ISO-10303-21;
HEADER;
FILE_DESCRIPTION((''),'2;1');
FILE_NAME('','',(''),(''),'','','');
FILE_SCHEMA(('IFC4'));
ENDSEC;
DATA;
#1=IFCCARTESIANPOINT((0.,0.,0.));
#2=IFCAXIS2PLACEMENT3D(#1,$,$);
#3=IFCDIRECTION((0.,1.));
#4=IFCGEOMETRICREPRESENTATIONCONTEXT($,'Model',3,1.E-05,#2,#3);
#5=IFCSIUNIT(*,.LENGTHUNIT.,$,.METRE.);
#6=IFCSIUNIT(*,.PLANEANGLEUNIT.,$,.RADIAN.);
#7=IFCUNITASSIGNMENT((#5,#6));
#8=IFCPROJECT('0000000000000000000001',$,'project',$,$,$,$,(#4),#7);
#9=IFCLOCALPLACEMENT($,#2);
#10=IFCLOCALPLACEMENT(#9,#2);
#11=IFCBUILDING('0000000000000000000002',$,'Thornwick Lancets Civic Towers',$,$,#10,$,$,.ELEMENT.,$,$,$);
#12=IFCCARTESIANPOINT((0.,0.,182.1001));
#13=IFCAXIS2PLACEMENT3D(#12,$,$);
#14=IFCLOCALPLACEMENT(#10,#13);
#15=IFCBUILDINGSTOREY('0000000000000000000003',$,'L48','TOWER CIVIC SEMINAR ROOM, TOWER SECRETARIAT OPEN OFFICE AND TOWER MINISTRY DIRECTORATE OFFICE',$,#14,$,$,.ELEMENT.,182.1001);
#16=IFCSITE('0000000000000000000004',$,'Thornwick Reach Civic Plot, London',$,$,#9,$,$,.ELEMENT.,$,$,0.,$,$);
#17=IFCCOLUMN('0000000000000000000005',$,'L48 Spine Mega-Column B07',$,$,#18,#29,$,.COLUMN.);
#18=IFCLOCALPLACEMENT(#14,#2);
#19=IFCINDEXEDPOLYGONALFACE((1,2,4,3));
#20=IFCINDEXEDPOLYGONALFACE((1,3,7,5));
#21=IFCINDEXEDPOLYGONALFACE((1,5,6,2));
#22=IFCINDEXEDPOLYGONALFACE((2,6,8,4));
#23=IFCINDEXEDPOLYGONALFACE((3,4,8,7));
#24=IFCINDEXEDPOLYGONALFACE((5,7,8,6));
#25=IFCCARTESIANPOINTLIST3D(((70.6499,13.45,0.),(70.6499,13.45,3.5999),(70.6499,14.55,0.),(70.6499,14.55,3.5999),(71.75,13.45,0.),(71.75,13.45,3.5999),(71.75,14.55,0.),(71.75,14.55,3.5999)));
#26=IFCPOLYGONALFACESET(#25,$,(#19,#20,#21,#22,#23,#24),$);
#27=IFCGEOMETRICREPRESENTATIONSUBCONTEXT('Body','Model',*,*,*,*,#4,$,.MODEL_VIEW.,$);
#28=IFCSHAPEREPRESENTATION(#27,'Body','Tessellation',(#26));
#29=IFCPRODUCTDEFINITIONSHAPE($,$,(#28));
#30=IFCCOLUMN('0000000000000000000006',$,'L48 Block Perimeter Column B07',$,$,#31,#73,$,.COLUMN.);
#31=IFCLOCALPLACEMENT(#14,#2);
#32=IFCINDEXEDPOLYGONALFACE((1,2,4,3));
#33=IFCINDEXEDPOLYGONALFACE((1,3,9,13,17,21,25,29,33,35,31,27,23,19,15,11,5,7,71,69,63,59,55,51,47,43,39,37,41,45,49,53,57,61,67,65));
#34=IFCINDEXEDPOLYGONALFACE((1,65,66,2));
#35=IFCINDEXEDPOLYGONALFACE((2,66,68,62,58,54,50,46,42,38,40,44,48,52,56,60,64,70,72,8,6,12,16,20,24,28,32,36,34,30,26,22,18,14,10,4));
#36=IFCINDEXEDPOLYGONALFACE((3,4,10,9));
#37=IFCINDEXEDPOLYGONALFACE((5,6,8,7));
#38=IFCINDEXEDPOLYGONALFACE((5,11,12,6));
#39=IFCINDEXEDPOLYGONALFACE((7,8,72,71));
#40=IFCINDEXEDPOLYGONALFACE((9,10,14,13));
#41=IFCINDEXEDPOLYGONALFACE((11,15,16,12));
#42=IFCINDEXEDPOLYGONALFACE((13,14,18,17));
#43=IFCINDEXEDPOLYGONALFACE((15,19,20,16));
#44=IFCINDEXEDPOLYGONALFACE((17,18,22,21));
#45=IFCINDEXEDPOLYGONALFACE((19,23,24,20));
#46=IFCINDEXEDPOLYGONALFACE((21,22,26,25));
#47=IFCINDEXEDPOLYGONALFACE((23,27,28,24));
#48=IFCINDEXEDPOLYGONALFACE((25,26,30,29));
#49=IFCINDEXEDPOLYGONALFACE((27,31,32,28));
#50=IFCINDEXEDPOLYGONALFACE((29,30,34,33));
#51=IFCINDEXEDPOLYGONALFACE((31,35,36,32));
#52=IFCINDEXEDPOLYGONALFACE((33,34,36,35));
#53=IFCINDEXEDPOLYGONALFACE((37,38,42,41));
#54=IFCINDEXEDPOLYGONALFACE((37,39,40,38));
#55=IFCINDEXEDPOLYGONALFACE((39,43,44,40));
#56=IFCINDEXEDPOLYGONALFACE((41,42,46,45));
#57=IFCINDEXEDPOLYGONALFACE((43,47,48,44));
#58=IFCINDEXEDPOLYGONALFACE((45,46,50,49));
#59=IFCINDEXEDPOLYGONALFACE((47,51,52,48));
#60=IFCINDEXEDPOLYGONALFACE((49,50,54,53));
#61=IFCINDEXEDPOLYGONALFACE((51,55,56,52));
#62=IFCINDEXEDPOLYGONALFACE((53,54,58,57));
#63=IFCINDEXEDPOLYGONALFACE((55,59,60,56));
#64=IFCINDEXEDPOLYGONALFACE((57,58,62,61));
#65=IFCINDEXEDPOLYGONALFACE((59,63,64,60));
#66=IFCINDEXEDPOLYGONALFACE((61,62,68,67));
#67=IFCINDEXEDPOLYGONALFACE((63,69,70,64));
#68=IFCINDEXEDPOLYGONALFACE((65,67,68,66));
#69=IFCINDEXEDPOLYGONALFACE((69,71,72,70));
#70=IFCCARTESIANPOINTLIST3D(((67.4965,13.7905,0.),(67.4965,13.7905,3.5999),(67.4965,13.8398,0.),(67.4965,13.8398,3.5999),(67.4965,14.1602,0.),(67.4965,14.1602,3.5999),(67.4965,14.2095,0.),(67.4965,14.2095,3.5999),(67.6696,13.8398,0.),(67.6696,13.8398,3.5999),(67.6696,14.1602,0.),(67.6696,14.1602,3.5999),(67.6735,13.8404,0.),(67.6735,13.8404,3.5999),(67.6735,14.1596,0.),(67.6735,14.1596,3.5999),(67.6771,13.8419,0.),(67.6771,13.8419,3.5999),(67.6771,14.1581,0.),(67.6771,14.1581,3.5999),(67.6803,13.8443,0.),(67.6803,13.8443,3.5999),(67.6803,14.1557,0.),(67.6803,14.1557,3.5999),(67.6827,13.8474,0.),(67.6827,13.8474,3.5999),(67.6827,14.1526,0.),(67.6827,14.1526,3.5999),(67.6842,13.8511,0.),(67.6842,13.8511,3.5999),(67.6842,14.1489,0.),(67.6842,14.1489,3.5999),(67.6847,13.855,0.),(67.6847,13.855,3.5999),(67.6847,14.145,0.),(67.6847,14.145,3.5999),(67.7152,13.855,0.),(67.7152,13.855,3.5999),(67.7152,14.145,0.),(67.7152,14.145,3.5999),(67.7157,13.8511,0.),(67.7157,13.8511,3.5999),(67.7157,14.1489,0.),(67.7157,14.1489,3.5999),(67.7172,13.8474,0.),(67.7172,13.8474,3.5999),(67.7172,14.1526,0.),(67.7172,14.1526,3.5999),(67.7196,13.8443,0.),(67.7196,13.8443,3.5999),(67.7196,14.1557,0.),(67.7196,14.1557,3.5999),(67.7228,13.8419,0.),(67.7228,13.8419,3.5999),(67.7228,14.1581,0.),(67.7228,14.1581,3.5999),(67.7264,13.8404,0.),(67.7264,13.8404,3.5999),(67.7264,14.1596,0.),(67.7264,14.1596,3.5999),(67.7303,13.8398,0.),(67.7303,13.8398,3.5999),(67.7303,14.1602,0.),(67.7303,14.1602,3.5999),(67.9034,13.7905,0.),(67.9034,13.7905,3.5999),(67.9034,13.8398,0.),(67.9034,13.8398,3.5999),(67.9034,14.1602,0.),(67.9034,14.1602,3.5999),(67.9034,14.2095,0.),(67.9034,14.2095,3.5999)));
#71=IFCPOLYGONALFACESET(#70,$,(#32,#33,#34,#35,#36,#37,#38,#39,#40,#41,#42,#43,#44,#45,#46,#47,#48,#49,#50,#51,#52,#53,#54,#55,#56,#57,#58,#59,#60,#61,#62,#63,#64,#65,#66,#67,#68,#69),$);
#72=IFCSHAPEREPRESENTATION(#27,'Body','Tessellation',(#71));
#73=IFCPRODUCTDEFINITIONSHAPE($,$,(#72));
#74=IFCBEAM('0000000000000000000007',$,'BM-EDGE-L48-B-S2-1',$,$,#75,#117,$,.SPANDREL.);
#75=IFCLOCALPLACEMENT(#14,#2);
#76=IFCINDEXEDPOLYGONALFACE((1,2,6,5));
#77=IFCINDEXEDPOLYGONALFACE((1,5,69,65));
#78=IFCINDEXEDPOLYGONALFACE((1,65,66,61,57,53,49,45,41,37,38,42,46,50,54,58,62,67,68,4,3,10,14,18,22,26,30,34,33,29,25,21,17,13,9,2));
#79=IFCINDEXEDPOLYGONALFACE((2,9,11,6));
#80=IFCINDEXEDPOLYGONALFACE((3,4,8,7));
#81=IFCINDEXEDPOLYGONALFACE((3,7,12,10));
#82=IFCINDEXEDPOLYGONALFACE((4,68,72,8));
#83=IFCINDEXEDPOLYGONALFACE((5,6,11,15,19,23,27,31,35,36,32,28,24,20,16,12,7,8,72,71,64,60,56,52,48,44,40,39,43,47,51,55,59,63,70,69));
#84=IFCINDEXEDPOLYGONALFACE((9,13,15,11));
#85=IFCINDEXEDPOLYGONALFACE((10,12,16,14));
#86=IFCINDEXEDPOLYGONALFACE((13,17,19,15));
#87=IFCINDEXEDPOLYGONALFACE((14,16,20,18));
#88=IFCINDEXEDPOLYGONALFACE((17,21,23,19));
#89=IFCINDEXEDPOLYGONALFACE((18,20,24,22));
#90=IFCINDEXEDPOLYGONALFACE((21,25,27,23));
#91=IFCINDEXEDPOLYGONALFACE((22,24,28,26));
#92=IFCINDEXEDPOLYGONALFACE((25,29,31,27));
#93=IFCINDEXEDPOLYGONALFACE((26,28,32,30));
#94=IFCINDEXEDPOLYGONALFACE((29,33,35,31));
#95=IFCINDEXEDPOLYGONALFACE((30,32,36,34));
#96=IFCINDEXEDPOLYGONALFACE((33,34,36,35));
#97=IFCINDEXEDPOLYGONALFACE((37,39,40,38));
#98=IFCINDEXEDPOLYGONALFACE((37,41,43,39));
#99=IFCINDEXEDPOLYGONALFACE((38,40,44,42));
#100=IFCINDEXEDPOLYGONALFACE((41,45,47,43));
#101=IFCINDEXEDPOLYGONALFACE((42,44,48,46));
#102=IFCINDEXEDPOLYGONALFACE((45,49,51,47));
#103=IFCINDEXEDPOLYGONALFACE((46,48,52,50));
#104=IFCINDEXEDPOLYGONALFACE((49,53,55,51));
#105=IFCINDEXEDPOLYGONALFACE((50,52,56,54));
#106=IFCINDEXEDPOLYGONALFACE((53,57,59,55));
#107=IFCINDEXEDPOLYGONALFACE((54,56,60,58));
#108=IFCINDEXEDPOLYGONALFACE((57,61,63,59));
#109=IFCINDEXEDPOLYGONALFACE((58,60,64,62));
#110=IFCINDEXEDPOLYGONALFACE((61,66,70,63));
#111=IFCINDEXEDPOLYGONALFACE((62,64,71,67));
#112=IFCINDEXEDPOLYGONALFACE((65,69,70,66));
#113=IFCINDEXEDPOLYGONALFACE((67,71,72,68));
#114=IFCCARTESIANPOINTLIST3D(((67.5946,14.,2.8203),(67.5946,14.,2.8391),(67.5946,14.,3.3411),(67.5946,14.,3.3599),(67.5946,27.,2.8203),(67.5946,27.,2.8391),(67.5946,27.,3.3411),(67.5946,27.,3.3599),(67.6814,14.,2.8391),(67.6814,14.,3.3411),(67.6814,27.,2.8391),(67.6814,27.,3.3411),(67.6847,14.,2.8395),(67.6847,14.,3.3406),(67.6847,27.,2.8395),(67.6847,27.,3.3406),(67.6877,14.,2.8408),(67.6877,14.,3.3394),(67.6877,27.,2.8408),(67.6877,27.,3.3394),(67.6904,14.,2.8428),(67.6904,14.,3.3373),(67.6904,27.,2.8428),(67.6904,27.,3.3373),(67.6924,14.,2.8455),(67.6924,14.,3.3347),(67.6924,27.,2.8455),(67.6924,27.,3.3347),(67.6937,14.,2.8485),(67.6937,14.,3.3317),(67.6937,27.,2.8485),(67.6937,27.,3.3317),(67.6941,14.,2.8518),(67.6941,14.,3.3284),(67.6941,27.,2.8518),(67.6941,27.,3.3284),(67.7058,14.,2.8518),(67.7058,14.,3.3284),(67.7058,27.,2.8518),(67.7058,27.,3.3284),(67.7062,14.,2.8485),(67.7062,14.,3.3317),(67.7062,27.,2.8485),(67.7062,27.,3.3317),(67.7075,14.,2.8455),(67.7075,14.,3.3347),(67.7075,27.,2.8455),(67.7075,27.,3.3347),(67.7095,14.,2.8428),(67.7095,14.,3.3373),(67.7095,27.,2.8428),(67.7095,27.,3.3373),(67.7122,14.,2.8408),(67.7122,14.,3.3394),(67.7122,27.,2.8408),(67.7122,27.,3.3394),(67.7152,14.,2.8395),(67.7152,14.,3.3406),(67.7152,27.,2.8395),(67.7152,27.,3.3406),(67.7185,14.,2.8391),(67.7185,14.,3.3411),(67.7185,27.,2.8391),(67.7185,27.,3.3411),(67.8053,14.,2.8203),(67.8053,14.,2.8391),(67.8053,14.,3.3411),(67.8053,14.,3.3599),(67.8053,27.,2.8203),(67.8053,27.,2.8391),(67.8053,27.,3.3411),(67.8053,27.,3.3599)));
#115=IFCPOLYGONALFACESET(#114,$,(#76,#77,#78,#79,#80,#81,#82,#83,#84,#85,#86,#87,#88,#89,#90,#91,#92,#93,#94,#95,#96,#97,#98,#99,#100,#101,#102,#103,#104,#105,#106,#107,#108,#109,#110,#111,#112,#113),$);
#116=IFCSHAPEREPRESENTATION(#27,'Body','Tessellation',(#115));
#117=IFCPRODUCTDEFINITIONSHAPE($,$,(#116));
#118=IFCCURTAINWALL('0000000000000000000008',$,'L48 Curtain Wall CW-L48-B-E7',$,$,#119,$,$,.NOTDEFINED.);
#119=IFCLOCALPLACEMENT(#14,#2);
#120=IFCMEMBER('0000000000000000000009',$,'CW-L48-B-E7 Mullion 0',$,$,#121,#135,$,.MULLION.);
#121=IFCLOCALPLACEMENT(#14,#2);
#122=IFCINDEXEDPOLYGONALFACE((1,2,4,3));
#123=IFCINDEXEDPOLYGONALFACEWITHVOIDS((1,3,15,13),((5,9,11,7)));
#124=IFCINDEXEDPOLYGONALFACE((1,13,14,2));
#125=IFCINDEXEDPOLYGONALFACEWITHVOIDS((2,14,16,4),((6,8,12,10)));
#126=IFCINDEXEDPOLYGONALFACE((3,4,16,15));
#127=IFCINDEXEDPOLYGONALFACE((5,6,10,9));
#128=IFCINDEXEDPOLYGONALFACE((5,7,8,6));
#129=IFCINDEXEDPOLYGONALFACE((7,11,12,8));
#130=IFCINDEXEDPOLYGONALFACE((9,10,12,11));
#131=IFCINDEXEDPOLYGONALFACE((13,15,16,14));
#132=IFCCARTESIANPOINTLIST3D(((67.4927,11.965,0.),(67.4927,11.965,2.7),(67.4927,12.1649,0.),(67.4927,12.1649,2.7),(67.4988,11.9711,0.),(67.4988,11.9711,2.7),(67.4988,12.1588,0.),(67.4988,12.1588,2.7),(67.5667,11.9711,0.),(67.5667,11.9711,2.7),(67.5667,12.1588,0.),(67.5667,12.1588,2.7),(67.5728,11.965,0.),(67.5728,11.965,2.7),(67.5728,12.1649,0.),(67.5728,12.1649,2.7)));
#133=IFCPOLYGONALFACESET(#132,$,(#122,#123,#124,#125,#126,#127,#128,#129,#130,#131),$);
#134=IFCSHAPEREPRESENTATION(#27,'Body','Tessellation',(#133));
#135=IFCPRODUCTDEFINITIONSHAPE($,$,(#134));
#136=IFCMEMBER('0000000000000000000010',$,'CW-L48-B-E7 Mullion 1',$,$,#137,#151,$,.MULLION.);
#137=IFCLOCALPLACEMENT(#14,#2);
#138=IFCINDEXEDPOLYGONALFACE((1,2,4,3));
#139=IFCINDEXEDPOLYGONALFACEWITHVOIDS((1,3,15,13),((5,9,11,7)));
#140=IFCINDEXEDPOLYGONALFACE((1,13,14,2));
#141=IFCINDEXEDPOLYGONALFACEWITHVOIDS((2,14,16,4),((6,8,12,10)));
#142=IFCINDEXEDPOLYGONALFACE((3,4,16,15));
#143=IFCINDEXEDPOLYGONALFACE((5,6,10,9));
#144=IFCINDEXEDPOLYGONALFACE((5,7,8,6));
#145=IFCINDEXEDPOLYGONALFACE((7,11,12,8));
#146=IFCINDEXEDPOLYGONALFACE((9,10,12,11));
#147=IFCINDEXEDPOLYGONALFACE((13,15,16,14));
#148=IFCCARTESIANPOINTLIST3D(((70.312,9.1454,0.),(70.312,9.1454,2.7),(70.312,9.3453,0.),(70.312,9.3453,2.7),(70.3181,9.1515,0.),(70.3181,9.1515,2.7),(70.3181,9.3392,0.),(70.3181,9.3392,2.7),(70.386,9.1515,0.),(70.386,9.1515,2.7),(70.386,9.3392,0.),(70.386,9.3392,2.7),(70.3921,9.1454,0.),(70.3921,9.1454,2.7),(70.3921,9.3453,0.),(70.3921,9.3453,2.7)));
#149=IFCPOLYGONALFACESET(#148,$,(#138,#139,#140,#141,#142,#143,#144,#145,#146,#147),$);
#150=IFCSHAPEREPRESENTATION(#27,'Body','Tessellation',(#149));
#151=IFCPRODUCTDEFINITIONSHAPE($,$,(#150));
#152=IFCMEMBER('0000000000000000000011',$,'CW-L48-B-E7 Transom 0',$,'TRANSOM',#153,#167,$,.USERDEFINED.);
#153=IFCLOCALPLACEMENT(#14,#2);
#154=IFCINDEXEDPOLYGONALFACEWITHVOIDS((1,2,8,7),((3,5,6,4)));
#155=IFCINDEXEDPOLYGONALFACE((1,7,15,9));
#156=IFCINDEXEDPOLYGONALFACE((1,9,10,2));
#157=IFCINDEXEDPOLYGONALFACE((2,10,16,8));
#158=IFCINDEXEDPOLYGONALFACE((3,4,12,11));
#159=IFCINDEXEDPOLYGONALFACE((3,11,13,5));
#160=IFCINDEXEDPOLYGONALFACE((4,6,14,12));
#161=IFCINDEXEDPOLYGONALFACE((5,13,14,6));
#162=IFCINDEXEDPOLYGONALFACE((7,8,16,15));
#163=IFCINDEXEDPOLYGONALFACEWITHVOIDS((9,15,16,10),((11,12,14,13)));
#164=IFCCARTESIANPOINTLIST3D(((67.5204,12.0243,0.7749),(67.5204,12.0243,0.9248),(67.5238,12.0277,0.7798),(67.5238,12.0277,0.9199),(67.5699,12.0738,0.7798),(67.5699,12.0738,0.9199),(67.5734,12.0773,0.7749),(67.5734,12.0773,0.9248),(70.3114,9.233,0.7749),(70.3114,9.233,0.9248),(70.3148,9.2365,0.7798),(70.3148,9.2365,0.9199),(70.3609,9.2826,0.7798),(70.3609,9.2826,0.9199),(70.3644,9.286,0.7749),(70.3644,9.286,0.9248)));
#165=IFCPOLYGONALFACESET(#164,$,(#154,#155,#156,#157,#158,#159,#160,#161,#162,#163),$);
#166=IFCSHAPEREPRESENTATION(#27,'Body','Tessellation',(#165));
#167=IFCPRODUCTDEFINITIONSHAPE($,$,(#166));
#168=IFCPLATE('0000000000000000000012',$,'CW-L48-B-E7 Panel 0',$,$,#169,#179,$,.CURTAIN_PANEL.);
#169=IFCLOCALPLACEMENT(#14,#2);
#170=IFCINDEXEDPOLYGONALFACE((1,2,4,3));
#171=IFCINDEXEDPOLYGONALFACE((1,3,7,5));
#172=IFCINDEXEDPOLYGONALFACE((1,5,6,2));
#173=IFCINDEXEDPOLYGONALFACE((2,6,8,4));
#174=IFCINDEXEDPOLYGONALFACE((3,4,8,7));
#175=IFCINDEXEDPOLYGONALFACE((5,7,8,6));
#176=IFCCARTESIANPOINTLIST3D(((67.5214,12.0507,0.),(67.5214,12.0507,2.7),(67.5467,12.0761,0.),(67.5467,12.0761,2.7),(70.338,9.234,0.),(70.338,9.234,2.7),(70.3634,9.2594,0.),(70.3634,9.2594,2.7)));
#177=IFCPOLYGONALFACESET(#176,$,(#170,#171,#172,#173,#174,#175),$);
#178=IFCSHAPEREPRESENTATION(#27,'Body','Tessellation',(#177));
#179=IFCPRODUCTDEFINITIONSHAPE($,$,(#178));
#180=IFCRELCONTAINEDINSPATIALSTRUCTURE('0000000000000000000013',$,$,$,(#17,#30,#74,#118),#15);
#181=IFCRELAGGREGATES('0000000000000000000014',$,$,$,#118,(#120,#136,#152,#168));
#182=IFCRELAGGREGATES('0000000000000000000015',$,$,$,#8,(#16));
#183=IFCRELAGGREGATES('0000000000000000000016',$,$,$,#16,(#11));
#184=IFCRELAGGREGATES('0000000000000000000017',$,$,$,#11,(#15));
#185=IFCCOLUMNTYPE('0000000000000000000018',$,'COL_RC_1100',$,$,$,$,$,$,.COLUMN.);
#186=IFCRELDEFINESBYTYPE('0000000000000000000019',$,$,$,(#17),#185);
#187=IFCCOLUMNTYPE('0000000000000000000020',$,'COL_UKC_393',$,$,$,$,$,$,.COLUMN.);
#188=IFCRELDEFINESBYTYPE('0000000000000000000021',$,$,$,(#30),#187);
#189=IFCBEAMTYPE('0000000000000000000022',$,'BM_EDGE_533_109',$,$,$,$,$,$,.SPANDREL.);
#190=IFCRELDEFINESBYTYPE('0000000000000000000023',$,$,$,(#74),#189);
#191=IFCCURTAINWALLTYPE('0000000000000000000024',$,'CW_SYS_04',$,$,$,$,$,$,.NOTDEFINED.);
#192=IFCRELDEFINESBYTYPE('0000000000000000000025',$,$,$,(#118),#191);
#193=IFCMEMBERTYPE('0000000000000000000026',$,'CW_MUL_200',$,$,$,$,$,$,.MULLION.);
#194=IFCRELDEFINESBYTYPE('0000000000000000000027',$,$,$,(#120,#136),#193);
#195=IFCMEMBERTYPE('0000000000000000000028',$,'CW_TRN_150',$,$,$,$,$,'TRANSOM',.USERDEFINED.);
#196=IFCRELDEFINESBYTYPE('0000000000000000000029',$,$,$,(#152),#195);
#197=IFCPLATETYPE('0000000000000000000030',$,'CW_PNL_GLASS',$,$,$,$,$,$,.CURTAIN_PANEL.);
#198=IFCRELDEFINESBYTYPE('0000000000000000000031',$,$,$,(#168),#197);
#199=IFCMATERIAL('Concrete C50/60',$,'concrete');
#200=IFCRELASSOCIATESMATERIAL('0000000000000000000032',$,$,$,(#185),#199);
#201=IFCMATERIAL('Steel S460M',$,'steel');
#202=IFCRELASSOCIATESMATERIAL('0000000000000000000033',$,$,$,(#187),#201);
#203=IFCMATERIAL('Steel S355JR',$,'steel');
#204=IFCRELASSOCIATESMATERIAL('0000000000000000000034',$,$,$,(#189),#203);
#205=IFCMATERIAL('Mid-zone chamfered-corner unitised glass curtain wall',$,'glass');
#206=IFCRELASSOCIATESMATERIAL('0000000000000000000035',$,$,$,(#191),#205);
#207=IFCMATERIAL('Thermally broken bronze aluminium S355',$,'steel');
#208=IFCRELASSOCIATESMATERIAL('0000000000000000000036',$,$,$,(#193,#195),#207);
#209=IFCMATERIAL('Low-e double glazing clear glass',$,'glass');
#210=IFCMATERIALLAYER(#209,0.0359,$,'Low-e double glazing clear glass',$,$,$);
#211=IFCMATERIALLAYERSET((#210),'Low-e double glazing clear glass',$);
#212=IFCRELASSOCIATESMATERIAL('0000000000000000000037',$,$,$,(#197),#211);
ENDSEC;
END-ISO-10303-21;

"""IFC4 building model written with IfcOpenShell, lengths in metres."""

from ifc_helpers import new_model, si_unit, direction, frame, origin, origin_2d, place, context, subcontext, project, spatial, rectangle, hollow_rectangle, i_section, extrude, material, layer, layer_set, material_profile, profile_set, type_object, element, aggregate, save


model = new_model("IFC4")

# Units and contexts
model_context = context("Model", 3, precision=1e-05, world=origin(), true_north=direction((0.0, 1.0)))
body_context = subcontext(model_context, "Body", "Model", "MODEL_VIEW")
ifc_project = project(units=[si_unit("LENGTHUNIT", "METRE"), si_unit("PLANEANGLEUNIT", "RADIAN")], contexts=[model_context])

# Site, building, storey
site_placement = place(None, origin())
site = spatial("IfcSite", under=ifc_project, at=site_placement, Name="Thornwick Reach Civic Plot, London", CompositionType="ELEMENT", RefElevation=0.0)
building_placement = place(site_placement, origin())
building = spatial("IfcBuilding", under=site, at=building_placement, Name="Thornwick Lancets Civic Towers", CompositionType="ELEMENT")
storey_placement = place(building_placement, frame((0.0, 0.0, 182.1001)))
storey = spatial("IfcBuildingStorey", under=building, at=storey_placement, Name="L48", Description="TOWER CIVIC SEMINAR ROOM, TOWER SECRETARIAT OPEN OFFICE AND TOWER MINISTRY DIRECTORATE OFFICE", CompositionType="ELEMENT", Elevation=182.1001)

# Columns
ifc_material_1 = material(Name="Concrete C50/60", Category="concrete")
ifc_material_profile_1 = material_profile(ifc_material_1, rectangle(XDim=1.1001, YDim=1.1001, at=origin_2d()), Name="RC 1100x1100")
ifc_profile_set_1 = profile_set([ifc_material_profile_1], Name="Concrete C50/60")
column_type_1 = type_object("IfcColumnType", Name="COL_RC_1100", PredefinedType="COLUMN", material=ifc_profile_set_1)
column_1_placement = place(storey_placement, frame((71.2, 14.0, 0.0), z_axis=(0.0, 0.0, 1.0), x_axis=(1.0, 0.0, 0.0)))
element("IfcColumn", 1, at=column_1_placement, inside=storey, type_object=column_type_1, Name="L48 Spine Mega-Column B07", PredefinedType="COLUMN", context=body_context, shape_type="SweptSolid", body=[
    extrude(rectangle(XDim=1.1001, YDim=1.1001, at=origin_2d()), origin(), (0.0, 0.0, 1.0), 3.5999),
])
ifc_material_2 = material(Name="Steel S460M", Category="steel")
ifc_material_profile_2 = material_profile(ifc_material_2, i_section(OverallWidth=0.407, OverallDepth=0.4189, WebThickness=0.0305, FlangeThickness=0.0493, FilletRadius=0.0151, at=origin_2d()), Name="UKC 356x406x393")
ifc_profile_set_2 = profile_set([ifc_material_profile_2], Name="Steel S460M")
column_type_2 = type_object("IfcColumnType", Name="COL_UKC_393", PredefinedType="COLUMN", material=ifc_profile_set_2)
column_2_placement = place(storey_placement, frame((67.7, 14.0, 0.0), z_axis=(0.0, 0.0, 1.0), x_axis=(1.0, 0.0, 0.0)))
element("IfcColumn", 2, at=column_2_placement, inside=storey, type_object=column_type_2, Name="L48 Block Perimeter Column B07", PredefinedType="COLUMN", context=body_context, shape_type="SweptSolid", body=[
    extrude(i_section(OverallWidth=0.407, OverallDepth=0.4189, WebThickness=0.0305, FlangeThickness=0.0493, FilletRadius=0.0151, at=origin_2d()), origin(), (0.0, 0.0, 1.0), 3.5999),
])

# Beam
ifc_material_3 = material(Name="Steel S355JR", Category="steel")
ifc_material_profile_3 = material_profile(ifc_material_3, i_section(OverallWidth=0.2107, OverallDepth=0.5396, WebThickness=0.0117, FlangeThickness=0.0188, FilletRadius=0.0127, at=origin_2d()), Name="UKB 533x210x109")
ifc_profile_set_3 = profile_set([ifc_material_profile_3], Name="Steel S355JR")
beam_type = type_object("IfcBeamType", Name="BM_EDGE_533_109", PredefinedType="SPANDREL", material=ifc_profile_set_3)
beam_placement = place(storey_placement, frame((67.7, 14.0, 3.0901), z_axis=(0.0, 1.0, 0.0), x_axis=(-1.0, 0.0, 0.0)))
element("IfcBeam", 3, at=beam_placement, inside=storey, type_object=beam_type, Name="BM-EDGE-L48-B-S2-1", PredefinedType="SPANDREL", context=body_context, shape_type="SweptSolid", body=[
    extrude(i_section(OverallWidth=0.2107, OverallDepth=0.5396, WebThickness=0.0117, FlangeThickness=0.0188, FilletRadius=0.0127, at=origin_2d()), origin(), (0.0, 0.0, 1.0), 13.0),
])

# Curtain wall, members, plate
ifc_material_4 = material(Name="Mid-zone chamfered-corner unitised glass curtain wall", Category="glass")
curtain_wall_type = type_object("IfcCurtainWallType", Name="CW_SYS_04", PredefinedType="NOTDEFINED", material=ifc_material_4)
curtain_wall_placement = place(storey_placement, origin())
curtain_wall = element("IfcCurtainWall", 4, at=curtain_wall_placement, inside=storey, type_object=curtain_wall_type, Name="L48 Curtain Wall CW-L48-B-E7", PredefinedType="NOTDEFINED")
ifc_material_5 = material(Name="Thermally broken bronze aluminium S355", Category="steel")
ifc_material_profile_4 = material_profile(ifc_material_5, hollow_rectangle(XDim=0.0801, YDim=0.2, WallThickness=0.0061, at=origin_2d()), Name="RHS 200x80x6")
ifc_profile_set_4 = profile_set([ifc_material_profile_4], Name="Thermally broken bronze aluminium S355")
member_type_1 = type_object("IfcMemberType", Name="CW_MUL_200", PredefinedType="MULLION", material=ifc_profile_set_4)
member_1_placement = place(storey_placement, frame((67.5327, 12.0649, 0.0), z_axis=(0.0, 0.0, 1.0), x_axis=(1.0, 0.0, 0.0)))
member_1 = element("IfcMember", 5, at=member_1_placement, type_object=member_type_1, Name="CW-L48-B-E7 Mullion 0", PredefinedType="MULLION", context=body_context, shape_type="SweptSolid", body=[
    extrude(hollow_rectangle(XDim=0.0801, YDim=0.2, WallThickness=0.0061, at=origin_2d()), origin(), (0.0, 0.0, 1.0), 2.7),
])
member_2_placement = place(storey_placement, frame((70.3521, 9.2454, 0.0), z_axis=(0.0, 0.0, 1.0), x_axis=(1.0, 0.0, 0.0)))
member_2 = element("IfcMember", 6, at=member_2_placement, type_object=member_type_1, Name="CW-L48-B-E7 Mullion 1", PredefinedType="MULLION", context=body_context, shape_type="SweptSolid", body=[
    extrude(hollow_rectangle(XDim=0.0801, YDim=0.2, WallThickness=0.0061, at=origin_2d()), origin(), (0.0, 0.0, 1.0), 2.7),
])
ifc_material_profile_5 = material_profile(ifc_material_5, hollow_rectangle(XDim=0.075, YDim=0.1499, WallThickness=0.0049, at=origin_2d()), Name="RHS 150x75x5")
ifc_profile_set_5 = profile_set([ifc_material_profile_5], Name="Thermally broken bronze aluminium S355")
member_type_2 = type_object("IfcMemberType", Name="CW_TRN_150", ElementType="TRANSOM", PredefinedType="USERDEFINED", material=ifc_profile_set_5)
member_3_placement = place(storey_placement, frame((67.5469, 12.0508, 0.8499), z_axis=(0.707076, -0.707138, 0.0), x_axis=(0.707138, 0.707076, 0.0)))
member_3 = element("IfcMember", 7, at=member_3_placement, type_object=member_type_2, Name="CW-L48-B-E7 Transom 0", ObjectType="TRANSOM", PredefinedType="USERDEFINED", context=body_context, shape_type="SweptSolid", body=[
    extrude(hollow_rectangle(XDim=0.075, YDim=0.1499, WallThickness=0.0049, at=origin_2d()), origin(), (0.0, 0.0, 1.0), 3.9473),
])
ifc_material_6 = material(Name="Low-e double glazing clear glass", Category="glass")
ifc_layer_1 = layer(ifc_material_6, 0.0359, Name="Low-e double glazing clear glass")
ifc_layer_set_1 = layer_set([ifc_layer_1], Name="Low-e double glazing clear glass")
plate_type = type_object("IfcPlateType", Name="CW_PNL_GLASS", PredefinedType="CURTAIN_PANEL", material=ifc_layer_set_1)
plate_placement = place(storey_placement, frame((68.9424, 10.655, 0.0), z_axis=(0.0, 0.0, 1.0), x_axis=(0.707107, -0.707107, 0.0)))
plate = element("IfcPlate", 8, at=plate_placement, type_object=plate_type, Name="CW-L48-B-E7 Panel 0", PredefinedType="CURTAIN_PANEL", context=body_context, shape_type="SweptSolid", body=[
    extrude(rectangle(XDim=3.9834, YDim=0.0359, at=origin_2d()), origin(), (0.0, 0.0, 1.0), 2.7),
])
aggregate(curtain_wall, [member_1, member_2, member_3, plate])

save(model, "model.ifc")
